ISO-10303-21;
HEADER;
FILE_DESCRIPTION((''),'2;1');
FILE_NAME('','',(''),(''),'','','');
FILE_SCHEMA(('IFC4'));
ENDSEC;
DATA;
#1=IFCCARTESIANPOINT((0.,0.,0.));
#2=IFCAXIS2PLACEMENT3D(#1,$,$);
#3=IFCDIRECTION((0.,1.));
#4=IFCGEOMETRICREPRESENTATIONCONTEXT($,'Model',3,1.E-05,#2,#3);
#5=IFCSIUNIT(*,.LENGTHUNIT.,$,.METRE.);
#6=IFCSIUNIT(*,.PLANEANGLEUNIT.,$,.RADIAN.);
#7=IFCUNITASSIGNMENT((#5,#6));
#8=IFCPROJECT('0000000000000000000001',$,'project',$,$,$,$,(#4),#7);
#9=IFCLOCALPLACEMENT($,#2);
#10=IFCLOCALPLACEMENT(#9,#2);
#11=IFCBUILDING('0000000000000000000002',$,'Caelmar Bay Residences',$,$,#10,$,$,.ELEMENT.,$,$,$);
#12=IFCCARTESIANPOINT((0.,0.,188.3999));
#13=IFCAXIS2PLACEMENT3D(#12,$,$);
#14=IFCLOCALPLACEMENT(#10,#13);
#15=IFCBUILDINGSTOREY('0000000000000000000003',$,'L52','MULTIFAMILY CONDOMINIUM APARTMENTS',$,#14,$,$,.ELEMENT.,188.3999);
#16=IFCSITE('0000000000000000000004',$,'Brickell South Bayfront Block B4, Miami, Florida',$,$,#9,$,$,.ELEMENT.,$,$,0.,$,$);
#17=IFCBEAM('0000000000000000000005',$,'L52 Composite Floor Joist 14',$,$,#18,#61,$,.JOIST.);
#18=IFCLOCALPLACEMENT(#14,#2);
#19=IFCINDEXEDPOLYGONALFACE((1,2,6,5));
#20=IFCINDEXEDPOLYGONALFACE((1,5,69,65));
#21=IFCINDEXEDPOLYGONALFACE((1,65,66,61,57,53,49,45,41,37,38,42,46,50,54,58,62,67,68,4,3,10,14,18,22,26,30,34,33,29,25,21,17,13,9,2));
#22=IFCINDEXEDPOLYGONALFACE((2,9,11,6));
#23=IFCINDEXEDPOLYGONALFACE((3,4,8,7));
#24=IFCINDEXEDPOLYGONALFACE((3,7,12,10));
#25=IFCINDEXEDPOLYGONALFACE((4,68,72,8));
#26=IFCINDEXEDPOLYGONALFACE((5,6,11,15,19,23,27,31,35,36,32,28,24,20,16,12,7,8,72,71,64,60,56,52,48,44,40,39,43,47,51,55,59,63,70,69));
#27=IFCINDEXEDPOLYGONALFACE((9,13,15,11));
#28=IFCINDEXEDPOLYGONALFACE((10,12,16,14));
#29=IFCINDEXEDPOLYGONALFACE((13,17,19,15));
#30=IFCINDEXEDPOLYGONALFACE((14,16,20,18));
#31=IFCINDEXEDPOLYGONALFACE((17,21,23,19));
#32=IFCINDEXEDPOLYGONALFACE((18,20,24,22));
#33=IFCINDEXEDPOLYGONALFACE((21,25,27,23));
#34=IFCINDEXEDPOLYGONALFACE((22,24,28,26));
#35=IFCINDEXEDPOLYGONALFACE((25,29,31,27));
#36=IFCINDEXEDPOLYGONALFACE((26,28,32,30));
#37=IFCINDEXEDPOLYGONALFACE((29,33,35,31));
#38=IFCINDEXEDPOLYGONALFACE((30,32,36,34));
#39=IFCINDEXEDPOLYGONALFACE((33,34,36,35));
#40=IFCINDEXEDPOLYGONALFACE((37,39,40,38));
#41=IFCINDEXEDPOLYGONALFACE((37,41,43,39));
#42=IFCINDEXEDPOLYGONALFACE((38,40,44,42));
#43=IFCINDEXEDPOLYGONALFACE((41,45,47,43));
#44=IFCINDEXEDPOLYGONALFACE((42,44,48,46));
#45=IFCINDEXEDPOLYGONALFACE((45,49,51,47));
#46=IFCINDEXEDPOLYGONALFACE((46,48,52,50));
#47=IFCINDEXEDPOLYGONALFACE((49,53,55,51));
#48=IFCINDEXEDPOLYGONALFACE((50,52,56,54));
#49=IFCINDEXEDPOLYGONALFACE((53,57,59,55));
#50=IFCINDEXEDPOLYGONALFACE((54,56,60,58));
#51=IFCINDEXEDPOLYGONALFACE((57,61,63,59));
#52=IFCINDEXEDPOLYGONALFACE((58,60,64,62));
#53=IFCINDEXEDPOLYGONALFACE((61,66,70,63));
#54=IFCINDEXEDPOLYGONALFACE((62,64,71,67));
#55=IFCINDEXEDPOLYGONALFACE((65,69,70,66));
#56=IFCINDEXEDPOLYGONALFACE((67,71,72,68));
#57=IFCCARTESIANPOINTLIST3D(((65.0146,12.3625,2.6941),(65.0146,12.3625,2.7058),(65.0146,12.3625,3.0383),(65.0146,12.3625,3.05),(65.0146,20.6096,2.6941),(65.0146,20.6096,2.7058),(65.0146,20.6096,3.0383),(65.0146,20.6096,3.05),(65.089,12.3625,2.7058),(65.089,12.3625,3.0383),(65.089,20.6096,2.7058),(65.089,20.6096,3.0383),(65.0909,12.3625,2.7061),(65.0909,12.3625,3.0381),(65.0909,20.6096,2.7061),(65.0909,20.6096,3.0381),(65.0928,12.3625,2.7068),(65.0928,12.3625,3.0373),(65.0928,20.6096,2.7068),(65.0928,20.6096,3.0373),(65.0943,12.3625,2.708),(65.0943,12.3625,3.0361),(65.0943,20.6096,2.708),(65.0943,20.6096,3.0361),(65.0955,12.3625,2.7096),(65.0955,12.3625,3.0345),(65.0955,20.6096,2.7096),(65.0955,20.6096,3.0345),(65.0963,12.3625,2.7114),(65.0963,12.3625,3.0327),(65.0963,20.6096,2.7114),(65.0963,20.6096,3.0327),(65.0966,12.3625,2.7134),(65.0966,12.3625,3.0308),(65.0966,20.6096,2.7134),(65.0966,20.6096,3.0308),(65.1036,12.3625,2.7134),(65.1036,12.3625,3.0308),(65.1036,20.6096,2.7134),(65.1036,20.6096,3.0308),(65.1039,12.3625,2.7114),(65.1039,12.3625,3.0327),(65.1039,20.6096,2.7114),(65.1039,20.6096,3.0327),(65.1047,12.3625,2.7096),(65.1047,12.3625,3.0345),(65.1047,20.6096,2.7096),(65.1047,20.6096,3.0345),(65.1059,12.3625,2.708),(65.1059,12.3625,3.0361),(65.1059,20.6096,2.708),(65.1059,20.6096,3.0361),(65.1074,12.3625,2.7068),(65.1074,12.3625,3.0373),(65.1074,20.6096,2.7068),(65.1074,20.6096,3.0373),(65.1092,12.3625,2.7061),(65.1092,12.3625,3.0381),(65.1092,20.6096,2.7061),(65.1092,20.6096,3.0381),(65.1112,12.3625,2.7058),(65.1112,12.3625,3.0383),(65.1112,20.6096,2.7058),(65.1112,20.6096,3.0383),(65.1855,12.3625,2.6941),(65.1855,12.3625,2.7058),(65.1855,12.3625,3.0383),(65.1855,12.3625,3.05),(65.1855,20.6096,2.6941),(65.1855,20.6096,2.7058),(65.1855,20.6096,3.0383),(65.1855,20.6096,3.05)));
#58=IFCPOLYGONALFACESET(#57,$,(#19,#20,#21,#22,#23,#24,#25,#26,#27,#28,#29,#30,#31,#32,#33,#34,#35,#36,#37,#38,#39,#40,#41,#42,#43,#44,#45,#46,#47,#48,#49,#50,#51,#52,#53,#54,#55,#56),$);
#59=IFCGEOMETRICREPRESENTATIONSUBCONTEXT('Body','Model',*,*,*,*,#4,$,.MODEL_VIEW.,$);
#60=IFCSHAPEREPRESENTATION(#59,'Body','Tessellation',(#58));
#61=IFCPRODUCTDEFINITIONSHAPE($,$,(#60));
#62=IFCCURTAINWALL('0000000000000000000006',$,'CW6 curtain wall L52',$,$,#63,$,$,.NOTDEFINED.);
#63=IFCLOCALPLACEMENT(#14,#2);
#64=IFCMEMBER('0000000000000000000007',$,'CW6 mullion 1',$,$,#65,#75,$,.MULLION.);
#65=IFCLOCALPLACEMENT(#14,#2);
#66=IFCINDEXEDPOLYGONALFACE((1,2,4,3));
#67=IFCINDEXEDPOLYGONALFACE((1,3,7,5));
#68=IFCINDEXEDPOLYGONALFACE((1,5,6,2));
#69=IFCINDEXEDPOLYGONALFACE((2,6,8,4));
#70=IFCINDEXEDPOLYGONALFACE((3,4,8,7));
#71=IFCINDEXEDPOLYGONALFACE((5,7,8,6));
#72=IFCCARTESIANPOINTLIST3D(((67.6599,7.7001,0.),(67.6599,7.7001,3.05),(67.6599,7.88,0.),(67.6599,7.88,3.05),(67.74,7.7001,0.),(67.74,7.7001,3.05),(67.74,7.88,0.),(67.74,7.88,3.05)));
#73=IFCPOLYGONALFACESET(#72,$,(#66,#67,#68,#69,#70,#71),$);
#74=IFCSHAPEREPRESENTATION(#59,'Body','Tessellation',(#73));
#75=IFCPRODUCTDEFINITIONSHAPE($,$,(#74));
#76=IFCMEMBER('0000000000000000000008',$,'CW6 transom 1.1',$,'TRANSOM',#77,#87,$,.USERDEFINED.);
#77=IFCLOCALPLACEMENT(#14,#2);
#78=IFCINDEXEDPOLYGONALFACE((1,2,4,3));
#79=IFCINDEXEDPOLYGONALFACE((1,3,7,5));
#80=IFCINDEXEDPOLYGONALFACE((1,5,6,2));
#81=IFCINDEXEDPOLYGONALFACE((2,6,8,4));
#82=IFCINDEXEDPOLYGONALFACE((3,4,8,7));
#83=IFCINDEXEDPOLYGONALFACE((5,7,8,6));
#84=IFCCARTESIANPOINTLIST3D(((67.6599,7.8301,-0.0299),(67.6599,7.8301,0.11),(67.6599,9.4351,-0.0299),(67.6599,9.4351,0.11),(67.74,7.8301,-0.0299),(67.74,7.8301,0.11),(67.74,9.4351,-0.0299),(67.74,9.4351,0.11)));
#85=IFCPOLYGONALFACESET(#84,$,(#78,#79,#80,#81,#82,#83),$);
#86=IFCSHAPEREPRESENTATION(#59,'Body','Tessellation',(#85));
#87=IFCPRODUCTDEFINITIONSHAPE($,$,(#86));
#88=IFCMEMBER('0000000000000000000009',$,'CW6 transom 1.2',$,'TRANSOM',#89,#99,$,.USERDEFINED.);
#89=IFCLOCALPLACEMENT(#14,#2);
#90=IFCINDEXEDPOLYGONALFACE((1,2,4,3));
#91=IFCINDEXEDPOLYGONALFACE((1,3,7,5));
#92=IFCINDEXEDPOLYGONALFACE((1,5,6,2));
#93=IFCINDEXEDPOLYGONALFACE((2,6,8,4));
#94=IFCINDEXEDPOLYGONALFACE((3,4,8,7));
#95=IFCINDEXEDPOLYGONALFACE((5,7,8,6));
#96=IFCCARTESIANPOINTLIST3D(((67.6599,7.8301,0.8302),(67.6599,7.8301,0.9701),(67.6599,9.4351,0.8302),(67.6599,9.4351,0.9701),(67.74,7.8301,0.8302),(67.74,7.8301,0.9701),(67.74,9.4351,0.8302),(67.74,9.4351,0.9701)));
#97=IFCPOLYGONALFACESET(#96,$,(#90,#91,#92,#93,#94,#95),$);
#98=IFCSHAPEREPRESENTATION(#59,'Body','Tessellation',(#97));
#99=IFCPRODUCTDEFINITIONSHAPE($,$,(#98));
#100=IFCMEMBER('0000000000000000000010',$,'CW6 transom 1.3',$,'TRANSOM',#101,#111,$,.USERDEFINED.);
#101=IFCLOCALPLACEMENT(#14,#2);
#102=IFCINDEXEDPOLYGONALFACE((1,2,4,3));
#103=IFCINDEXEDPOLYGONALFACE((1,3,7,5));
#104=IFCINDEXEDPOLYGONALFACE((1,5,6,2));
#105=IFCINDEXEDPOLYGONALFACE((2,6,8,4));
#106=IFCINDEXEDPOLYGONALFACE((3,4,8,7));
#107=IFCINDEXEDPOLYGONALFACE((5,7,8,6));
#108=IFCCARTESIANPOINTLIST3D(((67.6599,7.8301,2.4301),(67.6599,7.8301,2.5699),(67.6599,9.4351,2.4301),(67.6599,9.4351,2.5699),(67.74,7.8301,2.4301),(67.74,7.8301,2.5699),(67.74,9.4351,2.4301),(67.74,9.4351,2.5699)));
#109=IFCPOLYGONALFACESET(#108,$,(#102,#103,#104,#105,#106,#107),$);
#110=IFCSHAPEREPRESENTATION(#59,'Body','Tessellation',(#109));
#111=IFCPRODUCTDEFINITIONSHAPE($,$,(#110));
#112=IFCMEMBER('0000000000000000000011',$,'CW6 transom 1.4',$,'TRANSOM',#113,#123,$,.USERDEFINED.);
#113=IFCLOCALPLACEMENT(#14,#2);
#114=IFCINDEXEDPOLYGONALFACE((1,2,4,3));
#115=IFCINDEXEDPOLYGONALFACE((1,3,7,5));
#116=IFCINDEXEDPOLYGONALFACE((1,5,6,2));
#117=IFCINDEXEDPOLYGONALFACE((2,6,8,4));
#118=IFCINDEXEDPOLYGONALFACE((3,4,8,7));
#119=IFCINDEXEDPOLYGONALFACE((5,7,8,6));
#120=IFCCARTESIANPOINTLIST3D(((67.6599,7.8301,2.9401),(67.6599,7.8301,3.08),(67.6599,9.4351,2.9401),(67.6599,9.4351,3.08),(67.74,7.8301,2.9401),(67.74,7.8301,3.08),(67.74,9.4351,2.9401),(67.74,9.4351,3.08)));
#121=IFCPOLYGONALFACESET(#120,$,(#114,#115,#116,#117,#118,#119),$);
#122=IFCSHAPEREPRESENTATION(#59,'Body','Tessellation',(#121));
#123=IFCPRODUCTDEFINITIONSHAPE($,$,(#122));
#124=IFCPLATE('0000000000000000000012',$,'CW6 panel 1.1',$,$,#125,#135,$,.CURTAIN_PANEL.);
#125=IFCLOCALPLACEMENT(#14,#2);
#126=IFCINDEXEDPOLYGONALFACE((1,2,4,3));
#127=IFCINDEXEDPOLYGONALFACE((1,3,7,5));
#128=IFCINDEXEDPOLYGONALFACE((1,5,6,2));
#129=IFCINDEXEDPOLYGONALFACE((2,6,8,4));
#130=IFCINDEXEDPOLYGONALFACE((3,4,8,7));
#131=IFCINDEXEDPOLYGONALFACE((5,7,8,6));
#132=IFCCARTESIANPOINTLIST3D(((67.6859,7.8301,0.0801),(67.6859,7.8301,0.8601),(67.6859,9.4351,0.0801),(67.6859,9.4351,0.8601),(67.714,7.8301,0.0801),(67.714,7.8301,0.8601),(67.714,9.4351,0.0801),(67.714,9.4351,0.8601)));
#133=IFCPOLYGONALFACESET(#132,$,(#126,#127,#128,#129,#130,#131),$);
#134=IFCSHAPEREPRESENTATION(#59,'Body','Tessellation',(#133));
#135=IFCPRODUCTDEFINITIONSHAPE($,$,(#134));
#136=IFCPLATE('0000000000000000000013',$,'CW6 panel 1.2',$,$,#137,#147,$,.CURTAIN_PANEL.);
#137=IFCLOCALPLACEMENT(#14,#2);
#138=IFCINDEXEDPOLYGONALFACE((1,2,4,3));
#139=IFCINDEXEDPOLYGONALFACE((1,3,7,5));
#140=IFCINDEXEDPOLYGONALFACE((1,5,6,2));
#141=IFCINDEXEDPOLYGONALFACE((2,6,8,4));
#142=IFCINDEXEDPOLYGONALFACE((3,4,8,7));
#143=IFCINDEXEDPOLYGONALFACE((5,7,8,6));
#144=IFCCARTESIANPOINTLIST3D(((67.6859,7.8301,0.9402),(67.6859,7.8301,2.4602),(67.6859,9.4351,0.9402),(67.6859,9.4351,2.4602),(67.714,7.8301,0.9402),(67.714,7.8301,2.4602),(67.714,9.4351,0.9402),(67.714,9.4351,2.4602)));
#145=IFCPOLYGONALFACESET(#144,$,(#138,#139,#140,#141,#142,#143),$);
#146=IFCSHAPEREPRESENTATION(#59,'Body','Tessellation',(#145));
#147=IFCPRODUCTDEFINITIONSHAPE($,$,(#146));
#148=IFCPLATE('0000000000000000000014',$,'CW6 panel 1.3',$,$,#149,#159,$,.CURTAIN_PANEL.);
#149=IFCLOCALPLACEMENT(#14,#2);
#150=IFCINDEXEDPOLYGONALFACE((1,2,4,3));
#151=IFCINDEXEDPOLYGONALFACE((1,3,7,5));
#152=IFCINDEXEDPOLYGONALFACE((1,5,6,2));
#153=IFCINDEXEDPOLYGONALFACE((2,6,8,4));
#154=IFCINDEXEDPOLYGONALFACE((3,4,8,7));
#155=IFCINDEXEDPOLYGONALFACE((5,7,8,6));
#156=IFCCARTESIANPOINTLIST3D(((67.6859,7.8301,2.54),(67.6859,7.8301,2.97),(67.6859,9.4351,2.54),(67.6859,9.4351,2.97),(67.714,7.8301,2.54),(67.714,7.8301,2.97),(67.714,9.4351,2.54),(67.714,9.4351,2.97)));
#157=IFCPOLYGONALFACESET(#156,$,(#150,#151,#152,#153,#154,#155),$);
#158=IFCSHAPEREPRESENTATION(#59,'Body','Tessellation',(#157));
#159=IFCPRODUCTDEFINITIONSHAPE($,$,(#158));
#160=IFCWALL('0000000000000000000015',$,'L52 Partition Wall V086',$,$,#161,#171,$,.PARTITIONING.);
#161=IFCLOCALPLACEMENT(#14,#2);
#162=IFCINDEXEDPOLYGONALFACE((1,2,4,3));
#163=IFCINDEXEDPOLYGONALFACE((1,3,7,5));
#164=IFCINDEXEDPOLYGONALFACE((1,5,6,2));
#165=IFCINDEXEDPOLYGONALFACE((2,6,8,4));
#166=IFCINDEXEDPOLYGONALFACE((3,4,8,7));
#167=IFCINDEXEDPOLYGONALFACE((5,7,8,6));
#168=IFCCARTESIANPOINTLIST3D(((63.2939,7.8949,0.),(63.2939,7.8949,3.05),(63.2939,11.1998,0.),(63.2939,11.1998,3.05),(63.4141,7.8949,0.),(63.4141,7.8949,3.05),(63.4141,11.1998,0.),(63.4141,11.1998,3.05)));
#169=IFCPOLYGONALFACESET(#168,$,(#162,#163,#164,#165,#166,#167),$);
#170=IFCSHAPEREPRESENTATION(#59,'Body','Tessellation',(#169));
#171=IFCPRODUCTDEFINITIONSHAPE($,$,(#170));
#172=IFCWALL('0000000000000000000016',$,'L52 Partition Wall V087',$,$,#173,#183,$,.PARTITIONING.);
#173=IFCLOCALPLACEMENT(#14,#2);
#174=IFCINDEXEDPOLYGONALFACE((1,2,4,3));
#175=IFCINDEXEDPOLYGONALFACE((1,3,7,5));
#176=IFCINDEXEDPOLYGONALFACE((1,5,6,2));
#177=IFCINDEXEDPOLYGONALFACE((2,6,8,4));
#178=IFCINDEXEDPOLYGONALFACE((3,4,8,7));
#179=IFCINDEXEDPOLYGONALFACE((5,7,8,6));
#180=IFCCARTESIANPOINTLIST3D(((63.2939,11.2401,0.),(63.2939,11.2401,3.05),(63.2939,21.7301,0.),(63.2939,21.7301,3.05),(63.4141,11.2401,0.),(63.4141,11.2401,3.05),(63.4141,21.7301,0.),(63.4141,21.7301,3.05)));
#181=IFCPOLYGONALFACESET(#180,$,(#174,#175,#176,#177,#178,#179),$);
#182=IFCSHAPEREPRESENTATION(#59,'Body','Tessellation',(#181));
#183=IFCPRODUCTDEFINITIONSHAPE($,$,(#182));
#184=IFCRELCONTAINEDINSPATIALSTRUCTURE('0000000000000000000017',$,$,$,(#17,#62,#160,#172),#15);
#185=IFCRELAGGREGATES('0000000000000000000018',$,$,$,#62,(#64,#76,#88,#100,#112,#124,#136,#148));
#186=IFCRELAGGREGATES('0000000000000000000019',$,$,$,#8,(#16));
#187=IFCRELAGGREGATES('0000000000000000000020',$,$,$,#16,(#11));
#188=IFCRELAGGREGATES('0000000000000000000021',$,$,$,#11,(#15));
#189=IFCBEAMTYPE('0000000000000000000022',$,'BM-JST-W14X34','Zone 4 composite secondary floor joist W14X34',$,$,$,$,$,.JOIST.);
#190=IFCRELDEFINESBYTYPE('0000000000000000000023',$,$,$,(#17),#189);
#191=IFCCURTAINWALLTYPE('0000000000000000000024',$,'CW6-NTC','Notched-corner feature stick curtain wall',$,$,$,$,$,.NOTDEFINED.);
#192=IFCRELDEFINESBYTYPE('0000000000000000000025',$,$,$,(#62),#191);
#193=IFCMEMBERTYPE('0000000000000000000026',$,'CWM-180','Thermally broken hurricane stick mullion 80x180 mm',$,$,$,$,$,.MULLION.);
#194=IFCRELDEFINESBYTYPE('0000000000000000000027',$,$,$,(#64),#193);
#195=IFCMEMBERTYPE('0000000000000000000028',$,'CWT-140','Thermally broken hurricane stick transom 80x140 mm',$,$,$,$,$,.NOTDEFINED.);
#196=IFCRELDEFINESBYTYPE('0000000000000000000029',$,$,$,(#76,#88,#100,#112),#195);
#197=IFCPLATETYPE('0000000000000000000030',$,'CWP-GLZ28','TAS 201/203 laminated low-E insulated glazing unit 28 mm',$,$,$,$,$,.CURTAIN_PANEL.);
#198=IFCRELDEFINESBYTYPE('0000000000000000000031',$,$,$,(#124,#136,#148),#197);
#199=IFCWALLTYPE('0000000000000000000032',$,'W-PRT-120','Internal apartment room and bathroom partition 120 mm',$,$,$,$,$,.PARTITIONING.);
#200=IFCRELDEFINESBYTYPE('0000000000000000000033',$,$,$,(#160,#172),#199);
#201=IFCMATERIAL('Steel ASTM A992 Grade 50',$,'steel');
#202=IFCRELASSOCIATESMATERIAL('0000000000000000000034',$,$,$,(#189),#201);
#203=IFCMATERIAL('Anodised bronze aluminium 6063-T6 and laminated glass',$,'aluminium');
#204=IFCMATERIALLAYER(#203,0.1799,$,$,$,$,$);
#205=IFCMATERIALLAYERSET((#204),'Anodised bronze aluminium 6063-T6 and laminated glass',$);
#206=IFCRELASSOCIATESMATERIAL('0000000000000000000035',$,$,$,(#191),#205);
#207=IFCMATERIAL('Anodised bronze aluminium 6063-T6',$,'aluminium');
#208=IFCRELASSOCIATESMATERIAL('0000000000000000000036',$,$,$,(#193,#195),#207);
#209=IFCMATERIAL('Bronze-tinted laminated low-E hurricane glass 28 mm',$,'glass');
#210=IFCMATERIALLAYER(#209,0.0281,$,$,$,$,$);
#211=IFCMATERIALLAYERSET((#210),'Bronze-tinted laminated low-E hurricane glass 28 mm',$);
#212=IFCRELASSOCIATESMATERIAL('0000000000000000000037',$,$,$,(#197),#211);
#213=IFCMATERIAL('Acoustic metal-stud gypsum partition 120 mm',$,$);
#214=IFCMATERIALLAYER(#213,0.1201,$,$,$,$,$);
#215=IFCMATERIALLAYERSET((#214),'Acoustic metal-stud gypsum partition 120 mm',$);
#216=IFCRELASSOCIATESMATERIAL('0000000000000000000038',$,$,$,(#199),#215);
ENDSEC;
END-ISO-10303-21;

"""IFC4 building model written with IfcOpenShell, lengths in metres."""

from ifc_helpers import new_model, si_unit, direction, frame, frame_2d, origin, origin_2d, place, context, subcontext, project, spatial, rectangle, i_section, extrude, material, layer, layer_set, material_profile, profile_set, type_object, element, aggregate, save


model = new_model("IFC4")

# Units and contexts
model_context = context("Model", 3, precision=1e-05, world=origin(), true_north=direction((0.0, 1.0)))
body_context = subcontext(model_context, "Body", "Model", "MODEL_VIEW")
ifc_project = project(units=[si_unit("LENGTHUNIT", "METRE"), si_unit("PLANEANGLEUNIT", "RADIAN")], contexts=[model_context])

# Site, building, storey
site_placement = place(None, origin())
site = spatial("IfcSite", under=ifc_project, at=site_placement, Name="Brickell South Bayfront Block B4, Miami, Florida", CompositionType="ELEMENT", RefElevation=0.0)
building_placement = place(site_placement, origin())
building = spatial("IfcBuilding", under=site, at=building_placement, Name="Caelmar Bay Residences", CompositionType="ELEMENT")
storey_placement = place(building_placement, frame((0.0, 0.0, 188.3999)))
storey = spatial("IfcBuildingStorey", under=building, at=storey_placement, Name="L52", Description="MULTIFAMILY CONDOMINIUM APARTMENTS", CompositionType="ELEMENT", Elevation=188.3999)

# Beam
ifc_material_1 = material(Name="Steel ASTM A992 Grade 50", Category="steel")
ifc_material_profile_1 = material_profile(ifc_material_1, i_section(OverallWidth=0.1709, OverallDepth=0.356, WebThickness=0.0071, FlangeThickness=0.0117, FilletRadius=0.0076, at=origin_2d()), Name="W14X34")
ifc_profile_set_1 = profile_set([ifc_material_profile_1], Name="Steel ASTM A992 Grade 50")
beam_type = type_object("IfcBeamType", Name="BM-JST-W14X34", Description="Zone 4 composite secondary floor joist W14X34", PredefinedType="JOIST", material=ifc_profile_set_1)
beam_placement = place(storey_placement, frame((65.1001, 12.3625, 2.8721), z_axis=(0.0, 1.0, 0.0), x_axis=(-1.0, 0.0, 0.0)))
element("IfcBeam", 1, at=beam_placement, inside=storey, type_object=beam_type, Name="L52 Composite Floor Joist 14", PredefinedType="JOIST", context=body_context, shape_type="SweptSolid", body=[
    extrude(i_section(OverallWidth=0.1709, OverallDepth=0.356, WebThickness=0.0071, FlangeThickness=0.0117, FilletRadius=0.0076, at=origin_2d()), origin(), (0.0, 0.0, 1.0), 8.2471),
])

# Curtain wall, members, plates
ifc_material_2 = material(Name="Anodised bronze aluminium 6063-T6 and laminated glass", Category="aluminium")
ifc_layer_1 = layer(ifc_material_2, 0.1799)
ifc_layer_set_1 = layer_set([ifc_layer_1], Name="Anodised bronze aluminium 6063-T6 and laminated glass")
curtain_wall_type = type_object("IfcCurtainWallType", Name="CW6-NTC", Description="Notched-corner feature stick curtain wall", PredefinedType="NOTDEFINED", material=ifc_layer_set_1)
curtain_wall_placement = place(storey_placement, origin())
curtain_wall = element("IfcCurtainWall", 2, at=curtain_wall_placement, inside=storey, type_object=curtain_wall_type, Name="CW6 curtain wall L52", PredefinedType="NOTDEFINED")
ifc_material_3 = material(Name="Anodised bronze aluminium 6063-T6", Category="aluminium")
ifc_material_profile_2 = material_profile(ifc_material_3, rectangle(XDim=0.0801, YDim=0.1799, at=origin_2d()), Name="CWM-80X180")
ifc_profile_set_2 = profile_set([ifc_material_profile_2], Name="Anodised bronze aluminium 6063-T6")
member_type_1 = type_object("IfcMemberType", Name="CWM-180", Description="Thermally broken hurricane stick mullion 80x180 mm", PredefinedType="MULLION", material=ifc_profile_set_2)
member_1_placement = place(storey_placement, frame((67.7, 7.79, 0.0), z_axis=(0.0, 0.0, 1.0), x_axis=(-1.0, 0.0, 0.0)))
member_1 = element("IfcMember", 3, at=member_1_placement, type_object=member_type_1, Name="CW6 mullion 1", PredefinedType="MULLION", context=body_context, shape_type="SweptSolid", body=[
    extrude(rectangle(XDim=0.0801, YDim=0.1799, at=origin_2d()), origin(), (0.0, 0.0, 1.0), 3.05),
])
ifc_material_profile_3 = material_profile(ifc_material_3, rectangle(XDim=0.0801, YDim=0.1399, at=origin_2d()), Name="CWT-80X140")
ifc_profile_set_3 = profile_set([ifc_material_profile_3], Name="Anodised bronze aluminium 6063-T6")
member_type_2 = type_object("IfcMemberType", Name="CWT-140", Description="Thermally broken hurricane stick transom 80x140 mm", PredefinedType="NOTDEFINED", material=ifc_profile_set_3)
member_2_placement = place(storey_placement, frame((67.7, 7.8301, 0.04), z_axis=(0.0, 1.0, 0.0), x_axis=(-1.0, 0.0, 0.0)))
member_2 = element("IfcMember", 4, at=member_2_placement, type_object=member_type_2, Name="CW6 transom 1.1", ObjectType="TRANSOM", PredefinedType="USERDEFINED", context=body_context, shape_type="SweptSolid", body=[
    extrude(rectangle(XDim=0.0801, YDim=0.1399, at=origin_2d()), origin(), (0.0, 0.0, 1.0), 1.605),
])
member_3_placement = place(storey_placement, frame((67.7, 7.8301, 0.9001), z_axis=(0.0, 1.0, 0.0), x_axis=(-1.0, 0.0, 0.0)))
member_3 = element("IfcMember", 5, at=member_3_placement, type_object=member_type_2, Name="CW6 transom 1.2", ObjectType="TRANSOM", PredefinedType="USERDEFINED", context=body_context, shape_type="SweptSolid", body=[
    extrude(rectangle(XDim=0.0801, YDim=0.1399, at=origin_2d()), origin(), (0.0, 0.0, 1.0), 1.605),
])
member_4_placement = place(storey_placement, frame((67.7, 7.8301, 2.5), z_axis=(0.0, 1.0, 0.0), x_axis=(-1.0, 0.0, 0.0)))
member_4 = element("IfcMember", 6, at=member_4_placement, type_object=member_type_2, Name="CW6 transom 1.3", ObjectType="TRANSOM", PredefinedType="USERDEFINED", context=body_context, shape_type="SweptSolid", body=[
    extrude(rectangle(XDim=0.0801, YDim=0.1399, at=origin_2d()), origin(), (0.0, 0.0, 1.0), 1.605),
])
member_5_placement = place(storey_placement, frame((67.7, 7.8301, 3.01), z_axis=(0.0, 1.0, 0.0), x_axis=(-1.0, 0.0, 0.0)))
member_5 = element("IfcMember", 7, at=member_5_placement, type_object=member_type_2, Name="CW6 transom 1.4", ObjectType="TRANSOM", PredefinedType="USERDEFINED", context=body_context, shape_type="SweptSolid", body=[
    extrude(rectangle(XDim=0.0801, YDim=0.1399, at=origin_2d()), origin(), (0.0, 0.0, 1.0), 1.605),
])
ifc_material_4 = material(Name="Bronze-tinted laminated low-E hurricane glass 28 mm", Category="glass")
ifc_layer_2 = layer(ifc_material_4, 0.0281)
ifc_layer_set_2 = layer_set([ifc_layer_2], Name="Bronze-tinted laminated low-E hurricane glass 28 mm")
plate_type = type_object("IfcPlateType", Name="CWP-GLZ28", Description="TAS 201/203 laminated low-E insulated glazing unit 28 mm", PredefinedType="CURTAIN_PANEL", material=ifc_layer_set_2)
plate_1_placement = place(storey_placement, frame((67.7, 8.6326, 0.0801), z_axis=(0.0, 0.0, 1.0), x_axis=(0.0, 1.0, 0.0)))
plate_1 = element("IfcPlate", 8, at=plate_1_placement, type_object=plate_type, Name="CW6 panel 1.1", PredefinedType="CURTAIN_PANEL", context=body_context, shape_type="SweptSolid", body=[
    extrude(rectangle(XDim=1.605, YDim=0.0281, at=origin_2d()), origin(), (0.0, 0.0, 1.0), 0.78),
])
plate_2_placement = place(storey_placement, frame((67.7, 8.6326, 0.9402), z_axis=(0.0, 0.0, 1.0), x_axis=(0.0, 1.0, 0.0)))
plate_2 = element("IfcPlate", 9, at=plate_2_placement, type_object=plate_type, Name="CW6 panel 1.2", PredefinedType="CURTAIN_PANEL", context=body_context, shape_type="SweptSolid", body=[
    extrude(rectangle(XDim=1.605, YDim=0.0281, at=origin_2d()), origin(), (0.0, 0.0, 1.0), 1.52),
])
plate_3_placement = place(storey_placement, frame((67.7, 8.6326, 2.54), z_axis=(0.0, 0.0, 1.0), x_axis=(0.0, 1.0, 0.0)))
plate_3 = element("IfcPlate", 10, at=plate_3_placement, type_object=plate_type, Name="CW6 panel 1.3", PredefinedType="CURTAIN_PANEL", context=body_context, shape_type="SweptSolid", body=[
    extrude(rectangle(XDim=1.605, YDim=0.0281, at=origin_2d()), origin(), (0.0, 0.0, 1.0), 0.4299),
])
aggregate(curtain_wall, [member_1, member_2, member_3, member_4, member_5, plate_1, plate_2, plate_3])

# Walls
ifc_material_5 = material(Name="Acoustic metal-stud gypsum partition 120 mm")
ifc_layer_3 = layer(ifc_material_5, 0.1201)
ifc_layer_set_3 = layer_set([ifc_layer_3], Name="Acoustic metal-stud gypsum partition 120 mm")
wall_type_1 = type_object("IfcWallType", Name="W-PRT-120", Description="Internal apartment room and bathroom partition 120 mm", PredefinedType="PARTITIONING", material=ifc_layer_set_3)
wall_1_placement = place(storey_placement, frame((63.354, 7.895, 0.0), z_axis=(0.0, 0.0, 1.0), x_axis=(0.0, 1.0, 0.0)))
element("IfcWall", 11, at=wall_1_placement, inside=storey, type_object=wall_type_1, Name="L52 Partition Wall V086", PredefinedType="PARTITIONING", context=body_context, shape_type="SweptSolid", body=[
    extrude(rectangle(XDim=3.3049, YDim=0.1201, at=frame_2d((1.6523, 0.0))), origin(), (0.0, 0.0, 1.0), 3.05),
])
wall_2_placement = place(storey_placement, frame((63.354, 11.24, 0.0), z_axis=(0.0, 0.0, 1.0), x_axis=(0.0, 1.0, 0.0)))
element("IfcWall", 12, at=wall_2_placement, inside=storey, type_object=wall_type_1, Name="L52 Partition Wall V087", PredefinedType="PARTITIONING", context=body_context, shape_type="SweptSolid", body=[
    extrude(rectangle(XDim=10.49, YDim=0.1201, at=frame_2d((5.2451, 0.0))), origin(), (0.0, 0.0, 1.0), 3.05),
])

save(model, "model.ifc")
